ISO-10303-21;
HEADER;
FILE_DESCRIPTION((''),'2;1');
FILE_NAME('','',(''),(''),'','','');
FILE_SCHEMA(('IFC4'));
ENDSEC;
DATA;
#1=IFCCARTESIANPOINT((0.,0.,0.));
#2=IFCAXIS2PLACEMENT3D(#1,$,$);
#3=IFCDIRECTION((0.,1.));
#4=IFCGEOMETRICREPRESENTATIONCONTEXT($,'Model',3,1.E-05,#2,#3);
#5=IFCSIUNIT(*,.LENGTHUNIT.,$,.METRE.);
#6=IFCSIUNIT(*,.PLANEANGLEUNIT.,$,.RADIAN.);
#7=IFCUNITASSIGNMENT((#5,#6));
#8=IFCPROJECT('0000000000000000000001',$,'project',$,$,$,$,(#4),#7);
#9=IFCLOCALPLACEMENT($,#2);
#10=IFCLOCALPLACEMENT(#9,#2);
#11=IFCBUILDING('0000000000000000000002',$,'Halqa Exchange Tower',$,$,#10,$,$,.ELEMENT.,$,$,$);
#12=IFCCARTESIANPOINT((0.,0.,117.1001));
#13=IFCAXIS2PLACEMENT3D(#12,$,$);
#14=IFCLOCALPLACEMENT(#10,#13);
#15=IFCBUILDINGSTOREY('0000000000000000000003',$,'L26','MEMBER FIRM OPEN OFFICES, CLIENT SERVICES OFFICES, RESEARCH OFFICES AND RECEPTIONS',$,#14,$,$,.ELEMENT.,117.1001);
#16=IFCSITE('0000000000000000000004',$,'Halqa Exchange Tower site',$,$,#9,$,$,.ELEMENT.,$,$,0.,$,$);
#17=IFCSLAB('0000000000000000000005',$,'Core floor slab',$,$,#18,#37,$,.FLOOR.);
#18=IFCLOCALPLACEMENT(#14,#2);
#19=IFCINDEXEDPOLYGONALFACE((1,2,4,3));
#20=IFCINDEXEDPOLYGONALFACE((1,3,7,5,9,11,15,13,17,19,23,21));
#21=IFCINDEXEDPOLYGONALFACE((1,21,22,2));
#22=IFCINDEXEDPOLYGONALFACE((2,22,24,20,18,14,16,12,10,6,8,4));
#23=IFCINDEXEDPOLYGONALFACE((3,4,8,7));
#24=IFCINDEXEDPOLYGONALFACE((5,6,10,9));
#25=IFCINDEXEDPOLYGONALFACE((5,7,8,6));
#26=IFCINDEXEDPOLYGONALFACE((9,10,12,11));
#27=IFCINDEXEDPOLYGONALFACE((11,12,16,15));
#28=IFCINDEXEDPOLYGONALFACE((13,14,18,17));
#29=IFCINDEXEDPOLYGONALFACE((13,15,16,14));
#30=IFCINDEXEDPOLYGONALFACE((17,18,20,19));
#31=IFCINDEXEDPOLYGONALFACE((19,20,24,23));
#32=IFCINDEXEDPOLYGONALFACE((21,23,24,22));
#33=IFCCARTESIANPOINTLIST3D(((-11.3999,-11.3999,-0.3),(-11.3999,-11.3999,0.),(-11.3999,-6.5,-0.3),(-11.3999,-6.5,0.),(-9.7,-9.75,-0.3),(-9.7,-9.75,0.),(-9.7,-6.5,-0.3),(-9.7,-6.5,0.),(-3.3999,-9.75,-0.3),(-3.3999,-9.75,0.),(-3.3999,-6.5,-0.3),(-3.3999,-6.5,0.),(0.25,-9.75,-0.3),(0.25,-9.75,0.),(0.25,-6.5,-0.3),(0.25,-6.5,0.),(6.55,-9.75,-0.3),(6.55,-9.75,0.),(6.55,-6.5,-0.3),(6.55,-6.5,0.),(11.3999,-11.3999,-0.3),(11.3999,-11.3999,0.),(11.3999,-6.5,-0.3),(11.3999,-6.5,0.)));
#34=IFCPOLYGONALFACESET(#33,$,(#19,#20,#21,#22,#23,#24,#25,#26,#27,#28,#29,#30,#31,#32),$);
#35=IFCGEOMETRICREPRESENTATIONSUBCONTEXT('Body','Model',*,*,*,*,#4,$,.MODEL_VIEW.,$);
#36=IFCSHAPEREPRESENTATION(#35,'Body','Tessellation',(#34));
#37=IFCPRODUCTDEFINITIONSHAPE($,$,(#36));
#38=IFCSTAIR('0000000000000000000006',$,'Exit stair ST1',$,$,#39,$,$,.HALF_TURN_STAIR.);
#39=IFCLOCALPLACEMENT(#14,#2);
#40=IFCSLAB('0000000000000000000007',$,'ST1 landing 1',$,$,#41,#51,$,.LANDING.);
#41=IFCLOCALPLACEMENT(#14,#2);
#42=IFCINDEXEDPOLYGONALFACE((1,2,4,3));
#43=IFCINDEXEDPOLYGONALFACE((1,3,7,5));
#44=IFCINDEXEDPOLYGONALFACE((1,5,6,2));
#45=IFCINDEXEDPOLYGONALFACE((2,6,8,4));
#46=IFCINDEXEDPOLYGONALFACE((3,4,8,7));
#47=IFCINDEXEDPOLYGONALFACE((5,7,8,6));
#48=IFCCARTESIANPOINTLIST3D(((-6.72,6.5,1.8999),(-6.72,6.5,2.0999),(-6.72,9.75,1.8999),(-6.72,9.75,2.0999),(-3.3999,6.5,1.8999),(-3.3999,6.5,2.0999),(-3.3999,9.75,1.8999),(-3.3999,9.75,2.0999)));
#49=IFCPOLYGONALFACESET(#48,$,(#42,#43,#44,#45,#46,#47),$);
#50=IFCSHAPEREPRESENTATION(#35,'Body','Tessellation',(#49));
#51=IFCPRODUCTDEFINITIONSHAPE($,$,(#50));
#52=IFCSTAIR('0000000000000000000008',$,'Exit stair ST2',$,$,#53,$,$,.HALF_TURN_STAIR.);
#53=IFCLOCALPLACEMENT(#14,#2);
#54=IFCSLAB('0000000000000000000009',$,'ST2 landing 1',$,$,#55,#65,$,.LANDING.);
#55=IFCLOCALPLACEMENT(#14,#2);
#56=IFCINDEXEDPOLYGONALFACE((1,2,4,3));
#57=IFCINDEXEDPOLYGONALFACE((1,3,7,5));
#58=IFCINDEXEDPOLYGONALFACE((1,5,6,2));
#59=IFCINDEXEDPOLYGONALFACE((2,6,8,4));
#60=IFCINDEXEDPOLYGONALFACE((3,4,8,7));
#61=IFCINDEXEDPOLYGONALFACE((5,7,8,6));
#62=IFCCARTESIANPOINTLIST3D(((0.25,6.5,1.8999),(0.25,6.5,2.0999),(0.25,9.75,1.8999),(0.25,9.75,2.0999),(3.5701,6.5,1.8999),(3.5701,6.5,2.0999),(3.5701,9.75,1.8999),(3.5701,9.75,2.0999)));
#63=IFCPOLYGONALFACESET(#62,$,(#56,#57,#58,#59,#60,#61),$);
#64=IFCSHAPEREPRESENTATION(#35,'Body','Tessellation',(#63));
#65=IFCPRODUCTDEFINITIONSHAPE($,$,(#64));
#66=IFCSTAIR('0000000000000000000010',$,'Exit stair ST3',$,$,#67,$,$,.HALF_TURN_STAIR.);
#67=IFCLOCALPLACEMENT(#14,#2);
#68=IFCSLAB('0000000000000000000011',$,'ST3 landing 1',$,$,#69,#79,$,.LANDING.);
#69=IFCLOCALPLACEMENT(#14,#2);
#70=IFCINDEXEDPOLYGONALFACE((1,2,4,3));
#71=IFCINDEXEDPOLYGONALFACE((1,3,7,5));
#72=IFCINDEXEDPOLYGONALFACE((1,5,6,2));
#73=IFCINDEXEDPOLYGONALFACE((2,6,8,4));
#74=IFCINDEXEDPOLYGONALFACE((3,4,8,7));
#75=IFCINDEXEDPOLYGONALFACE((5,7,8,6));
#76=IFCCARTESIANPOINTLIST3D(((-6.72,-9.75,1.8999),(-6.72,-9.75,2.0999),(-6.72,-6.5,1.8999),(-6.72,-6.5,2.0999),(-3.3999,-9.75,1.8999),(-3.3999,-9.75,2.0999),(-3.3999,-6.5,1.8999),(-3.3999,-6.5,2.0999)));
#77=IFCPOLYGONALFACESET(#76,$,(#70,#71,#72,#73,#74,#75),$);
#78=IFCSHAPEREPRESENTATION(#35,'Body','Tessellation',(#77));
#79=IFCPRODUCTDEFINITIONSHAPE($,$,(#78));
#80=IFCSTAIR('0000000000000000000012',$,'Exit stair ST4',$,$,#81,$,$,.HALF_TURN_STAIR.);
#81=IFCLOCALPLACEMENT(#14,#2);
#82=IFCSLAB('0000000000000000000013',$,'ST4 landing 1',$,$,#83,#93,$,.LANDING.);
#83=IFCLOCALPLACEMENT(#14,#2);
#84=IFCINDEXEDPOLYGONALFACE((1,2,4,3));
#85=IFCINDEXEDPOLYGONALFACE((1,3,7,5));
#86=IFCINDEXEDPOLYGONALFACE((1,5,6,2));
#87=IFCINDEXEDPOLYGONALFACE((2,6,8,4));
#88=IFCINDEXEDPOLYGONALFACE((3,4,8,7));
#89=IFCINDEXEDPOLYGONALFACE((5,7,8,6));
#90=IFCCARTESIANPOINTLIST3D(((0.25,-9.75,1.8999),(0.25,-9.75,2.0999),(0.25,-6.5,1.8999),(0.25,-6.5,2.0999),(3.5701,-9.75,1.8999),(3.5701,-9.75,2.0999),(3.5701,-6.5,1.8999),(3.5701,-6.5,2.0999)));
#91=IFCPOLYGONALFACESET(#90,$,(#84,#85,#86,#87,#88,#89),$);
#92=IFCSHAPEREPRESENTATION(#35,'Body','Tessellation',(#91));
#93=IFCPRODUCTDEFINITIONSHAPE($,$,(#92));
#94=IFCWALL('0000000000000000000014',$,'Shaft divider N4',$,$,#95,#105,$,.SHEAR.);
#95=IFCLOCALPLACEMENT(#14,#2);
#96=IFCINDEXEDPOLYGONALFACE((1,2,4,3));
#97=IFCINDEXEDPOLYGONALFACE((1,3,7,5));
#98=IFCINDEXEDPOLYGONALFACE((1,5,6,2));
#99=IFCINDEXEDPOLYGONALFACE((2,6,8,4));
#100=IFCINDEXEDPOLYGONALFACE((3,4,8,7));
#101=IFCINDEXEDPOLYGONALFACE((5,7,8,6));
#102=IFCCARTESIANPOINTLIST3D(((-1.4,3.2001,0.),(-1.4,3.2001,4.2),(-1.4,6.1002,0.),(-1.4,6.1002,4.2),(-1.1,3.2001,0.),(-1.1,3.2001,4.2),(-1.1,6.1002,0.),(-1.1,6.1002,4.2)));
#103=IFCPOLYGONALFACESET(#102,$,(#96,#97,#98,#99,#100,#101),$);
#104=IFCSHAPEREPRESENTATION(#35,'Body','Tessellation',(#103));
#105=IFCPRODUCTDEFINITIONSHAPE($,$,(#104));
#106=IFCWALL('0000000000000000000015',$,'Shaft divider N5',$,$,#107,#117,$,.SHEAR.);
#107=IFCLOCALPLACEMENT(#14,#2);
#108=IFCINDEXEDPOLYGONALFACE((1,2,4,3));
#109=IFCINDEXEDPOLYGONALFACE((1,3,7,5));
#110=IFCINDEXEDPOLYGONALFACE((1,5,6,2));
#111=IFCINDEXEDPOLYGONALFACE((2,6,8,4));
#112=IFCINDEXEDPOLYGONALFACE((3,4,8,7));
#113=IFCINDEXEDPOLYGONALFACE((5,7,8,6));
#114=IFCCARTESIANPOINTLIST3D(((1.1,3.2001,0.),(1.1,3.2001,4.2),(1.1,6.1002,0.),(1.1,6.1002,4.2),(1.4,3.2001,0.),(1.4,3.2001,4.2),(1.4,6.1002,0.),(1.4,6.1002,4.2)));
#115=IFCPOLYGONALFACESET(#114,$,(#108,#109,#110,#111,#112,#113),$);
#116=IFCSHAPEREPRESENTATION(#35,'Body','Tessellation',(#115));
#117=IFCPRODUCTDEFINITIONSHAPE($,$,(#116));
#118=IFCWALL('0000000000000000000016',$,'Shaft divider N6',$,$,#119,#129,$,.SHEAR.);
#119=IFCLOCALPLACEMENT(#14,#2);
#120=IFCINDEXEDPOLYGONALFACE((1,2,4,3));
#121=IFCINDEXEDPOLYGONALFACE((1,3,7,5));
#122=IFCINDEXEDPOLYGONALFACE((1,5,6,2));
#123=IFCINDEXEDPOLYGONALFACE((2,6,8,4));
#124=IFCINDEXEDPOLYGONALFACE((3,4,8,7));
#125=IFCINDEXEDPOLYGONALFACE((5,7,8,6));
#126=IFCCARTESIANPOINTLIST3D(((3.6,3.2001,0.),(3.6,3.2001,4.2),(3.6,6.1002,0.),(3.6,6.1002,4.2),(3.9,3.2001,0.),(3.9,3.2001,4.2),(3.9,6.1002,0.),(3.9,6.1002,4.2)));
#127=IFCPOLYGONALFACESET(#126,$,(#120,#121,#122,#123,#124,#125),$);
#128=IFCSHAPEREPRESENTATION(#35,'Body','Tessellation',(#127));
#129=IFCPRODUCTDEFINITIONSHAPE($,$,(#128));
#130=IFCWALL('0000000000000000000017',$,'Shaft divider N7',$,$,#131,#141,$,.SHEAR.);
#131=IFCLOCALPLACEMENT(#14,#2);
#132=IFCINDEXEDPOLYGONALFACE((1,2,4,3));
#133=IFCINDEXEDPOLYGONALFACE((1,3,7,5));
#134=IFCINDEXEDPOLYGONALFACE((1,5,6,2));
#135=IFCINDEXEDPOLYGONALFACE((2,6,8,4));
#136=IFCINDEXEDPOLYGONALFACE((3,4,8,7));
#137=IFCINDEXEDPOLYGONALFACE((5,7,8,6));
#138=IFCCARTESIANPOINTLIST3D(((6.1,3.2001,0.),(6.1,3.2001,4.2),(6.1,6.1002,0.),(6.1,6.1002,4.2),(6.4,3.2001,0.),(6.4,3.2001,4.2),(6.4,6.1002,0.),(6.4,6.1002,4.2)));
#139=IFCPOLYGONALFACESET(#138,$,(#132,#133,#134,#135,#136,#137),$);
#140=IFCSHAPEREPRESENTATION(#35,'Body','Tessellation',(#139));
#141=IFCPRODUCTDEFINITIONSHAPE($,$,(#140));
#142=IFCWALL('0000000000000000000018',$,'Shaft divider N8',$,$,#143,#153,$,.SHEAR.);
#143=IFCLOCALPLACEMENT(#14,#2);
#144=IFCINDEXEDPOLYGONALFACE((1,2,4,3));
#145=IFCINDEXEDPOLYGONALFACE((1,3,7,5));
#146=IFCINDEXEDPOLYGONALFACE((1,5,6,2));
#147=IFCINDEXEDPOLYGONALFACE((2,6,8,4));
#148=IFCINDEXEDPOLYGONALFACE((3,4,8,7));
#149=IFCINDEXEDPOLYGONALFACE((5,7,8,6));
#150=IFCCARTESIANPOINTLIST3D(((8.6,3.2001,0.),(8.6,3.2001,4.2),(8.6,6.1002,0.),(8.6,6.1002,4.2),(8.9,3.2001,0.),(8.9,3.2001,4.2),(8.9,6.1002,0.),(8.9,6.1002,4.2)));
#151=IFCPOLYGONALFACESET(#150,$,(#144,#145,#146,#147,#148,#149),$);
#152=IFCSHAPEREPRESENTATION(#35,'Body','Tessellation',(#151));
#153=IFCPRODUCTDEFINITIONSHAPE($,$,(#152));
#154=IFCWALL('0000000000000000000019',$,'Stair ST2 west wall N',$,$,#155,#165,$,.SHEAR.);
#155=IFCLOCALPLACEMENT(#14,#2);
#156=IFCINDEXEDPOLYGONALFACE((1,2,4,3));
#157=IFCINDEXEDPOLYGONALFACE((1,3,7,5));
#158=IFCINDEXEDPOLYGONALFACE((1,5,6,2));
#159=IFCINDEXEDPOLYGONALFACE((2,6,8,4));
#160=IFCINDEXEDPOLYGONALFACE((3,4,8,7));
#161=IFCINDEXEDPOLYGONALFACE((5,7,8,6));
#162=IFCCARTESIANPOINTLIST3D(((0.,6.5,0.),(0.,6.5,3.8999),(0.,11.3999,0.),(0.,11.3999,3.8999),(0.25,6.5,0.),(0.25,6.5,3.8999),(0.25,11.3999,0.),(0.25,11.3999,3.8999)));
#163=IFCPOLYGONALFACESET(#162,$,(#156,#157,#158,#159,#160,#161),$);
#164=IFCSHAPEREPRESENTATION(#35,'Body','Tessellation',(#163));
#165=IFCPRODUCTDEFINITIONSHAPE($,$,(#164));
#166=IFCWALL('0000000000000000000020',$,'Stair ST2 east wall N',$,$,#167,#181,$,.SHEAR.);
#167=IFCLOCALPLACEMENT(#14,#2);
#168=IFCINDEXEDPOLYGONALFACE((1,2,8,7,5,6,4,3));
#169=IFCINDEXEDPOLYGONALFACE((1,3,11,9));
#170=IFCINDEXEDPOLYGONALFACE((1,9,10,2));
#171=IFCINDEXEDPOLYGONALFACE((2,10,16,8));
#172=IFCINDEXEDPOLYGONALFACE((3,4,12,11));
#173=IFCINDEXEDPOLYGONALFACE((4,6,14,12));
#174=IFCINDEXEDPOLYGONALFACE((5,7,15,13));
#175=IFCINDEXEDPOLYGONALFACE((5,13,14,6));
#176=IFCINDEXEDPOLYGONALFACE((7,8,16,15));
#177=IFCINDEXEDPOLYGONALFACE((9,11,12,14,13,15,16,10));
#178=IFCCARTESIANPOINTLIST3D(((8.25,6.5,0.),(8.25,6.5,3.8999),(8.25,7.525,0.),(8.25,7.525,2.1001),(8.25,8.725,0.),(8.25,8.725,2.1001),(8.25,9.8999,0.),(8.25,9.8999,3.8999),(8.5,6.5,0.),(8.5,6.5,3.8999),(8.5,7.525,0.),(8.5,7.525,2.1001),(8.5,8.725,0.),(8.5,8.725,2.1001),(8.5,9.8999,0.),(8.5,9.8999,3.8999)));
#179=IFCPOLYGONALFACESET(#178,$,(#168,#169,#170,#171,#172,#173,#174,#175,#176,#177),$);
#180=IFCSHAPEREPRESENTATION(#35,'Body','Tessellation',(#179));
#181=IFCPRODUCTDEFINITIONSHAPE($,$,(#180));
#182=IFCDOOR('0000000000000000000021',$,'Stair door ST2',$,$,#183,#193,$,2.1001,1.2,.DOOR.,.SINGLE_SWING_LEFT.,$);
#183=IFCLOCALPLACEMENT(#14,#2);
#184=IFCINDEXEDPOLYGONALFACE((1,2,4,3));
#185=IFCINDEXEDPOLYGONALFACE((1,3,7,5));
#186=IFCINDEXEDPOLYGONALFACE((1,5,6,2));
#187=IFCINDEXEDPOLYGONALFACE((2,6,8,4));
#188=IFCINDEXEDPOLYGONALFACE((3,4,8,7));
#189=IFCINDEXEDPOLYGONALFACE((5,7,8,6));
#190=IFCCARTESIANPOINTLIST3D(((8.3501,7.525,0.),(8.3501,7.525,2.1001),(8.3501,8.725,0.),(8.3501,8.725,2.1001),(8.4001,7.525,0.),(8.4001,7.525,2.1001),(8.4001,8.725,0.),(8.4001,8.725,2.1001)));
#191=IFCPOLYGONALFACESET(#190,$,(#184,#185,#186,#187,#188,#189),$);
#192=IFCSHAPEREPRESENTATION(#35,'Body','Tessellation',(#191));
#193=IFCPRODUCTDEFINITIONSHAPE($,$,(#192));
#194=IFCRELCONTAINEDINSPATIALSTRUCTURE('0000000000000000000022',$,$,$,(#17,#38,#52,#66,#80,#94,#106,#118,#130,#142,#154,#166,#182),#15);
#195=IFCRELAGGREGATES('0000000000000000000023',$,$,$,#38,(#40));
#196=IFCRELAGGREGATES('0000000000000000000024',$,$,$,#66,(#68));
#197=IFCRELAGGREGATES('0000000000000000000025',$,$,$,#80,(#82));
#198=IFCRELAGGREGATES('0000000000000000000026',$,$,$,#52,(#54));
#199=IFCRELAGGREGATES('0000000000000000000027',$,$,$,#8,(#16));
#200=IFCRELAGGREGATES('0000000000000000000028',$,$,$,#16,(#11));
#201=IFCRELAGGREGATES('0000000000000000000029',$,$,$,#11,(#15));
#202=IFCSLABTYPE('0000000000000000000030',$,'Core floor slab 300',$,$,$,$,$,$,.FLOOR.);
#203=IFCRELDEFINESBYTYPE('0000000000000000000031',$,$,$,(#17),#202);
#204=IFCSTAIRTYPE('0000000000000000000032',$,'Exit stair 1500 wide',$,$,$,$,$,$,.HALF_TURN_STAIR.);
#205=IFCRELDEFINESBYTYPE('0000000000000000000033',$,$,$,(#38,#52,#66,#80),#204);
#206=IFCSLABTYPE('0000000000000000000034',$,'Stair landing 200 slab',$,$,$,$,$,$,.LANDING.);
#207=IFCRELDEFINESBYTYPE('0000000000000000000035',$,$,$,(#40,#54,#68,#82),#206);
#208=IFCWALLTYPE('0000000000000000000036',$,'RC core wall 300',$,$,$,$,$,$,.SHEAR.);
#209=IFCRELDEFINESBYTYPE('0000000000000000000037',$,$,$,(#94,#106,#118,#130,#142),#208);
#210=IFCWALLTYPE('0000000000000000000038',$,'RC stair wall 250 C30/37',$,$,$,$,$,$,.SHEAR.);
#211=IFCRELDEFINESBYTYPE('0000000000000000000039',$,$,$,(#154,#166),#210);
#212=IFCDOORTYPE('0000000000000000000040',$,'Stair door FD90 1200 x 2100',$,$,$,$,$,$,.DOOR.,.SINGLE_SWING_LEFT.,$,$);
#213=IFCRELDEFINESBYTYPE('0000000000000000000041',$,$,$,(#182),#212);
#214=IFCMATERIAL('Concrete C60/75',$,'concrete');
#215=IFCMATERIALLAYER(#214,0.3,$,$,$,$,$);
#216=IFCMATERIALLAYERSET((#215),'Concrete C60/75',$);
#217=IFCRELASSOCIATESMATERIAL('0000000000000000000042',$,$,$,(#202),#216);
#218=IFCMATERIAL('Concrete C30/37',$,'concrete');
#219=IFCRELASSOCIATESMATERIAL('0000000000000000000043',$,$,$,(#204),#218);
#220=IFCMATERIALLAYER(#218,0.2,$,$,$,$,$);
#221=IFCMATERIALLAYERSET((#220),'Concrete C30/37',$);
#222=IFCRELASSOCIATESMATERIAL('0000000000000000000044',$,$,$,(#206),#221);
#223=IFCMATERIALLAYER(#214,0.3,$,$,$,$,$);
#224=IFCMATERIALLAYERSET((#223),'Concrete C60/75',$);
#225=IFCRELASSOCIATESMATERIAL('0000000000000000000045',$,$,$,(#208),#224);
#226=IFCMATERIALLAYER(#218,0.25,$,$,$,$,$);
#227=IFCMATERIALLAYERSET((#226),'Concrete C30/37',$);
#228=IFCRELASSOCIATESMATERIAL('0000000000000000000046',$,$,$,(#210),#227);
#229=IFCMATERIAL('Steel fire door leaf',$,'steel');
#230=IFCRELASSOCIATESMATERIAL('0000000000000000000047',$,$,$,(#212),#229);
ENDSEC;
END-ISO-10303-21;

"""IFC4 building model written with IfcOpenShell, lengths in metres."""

from ifc_helpers import new_model, si_unit, direction, frame, frame_2d, origin, place, context, subcontext, project, spatial, polyline, rectangle, outline, extrude, material, layer, layer_set, type_object, element, fill, aggregate, save


model = new_model("IFC4")

# Units and contexts
model_context = context("Model", 3, precision=1e-05, world=origin(), true_north=direction((0.0, 1.0)))
body_context = subcontext(model_context, "Body", "Model", "MODEL_VIEW")
ifc_project = project(units=[si_unit("LENGTHUNIT", "METRE"), si_unit("PLANEANGLEUNIT", "RADIAN")], contexts=[model_context])

# Site, building, storey
site_placement = place(None, origin())
site = spatial("IfcSite", under=ifc_project, at=site_placement, Name="Halqa Exchange Tower site", CompositionType="ELEMENT", RefElevation=0.0)
building_placement = place(site_placement, origin())
building = spatial("IfcBuilding", under=site, at=building_placement, Name="Halqa Exchange Tower", CompositionType="ELEMENT")
storey_placement = place(building_placement, frame((0.0, 0.0, 117.1001)))
storey = spatial("IfcBuildingStorey", under=building, at=storey_placement, Name="L26", Description="MEMBER FIRM OPEN OFFICES, CLIENT SERVICES OFFICES, RESEARCH OFFICES AND RECEPTIONS", CompositionType="ELEMENT", Elevation=117.1001)

# Slab
ifc_material_1 = material(Name="Concrete C60/75", Category="concrete")
ifc_layer_1 = layer(ifc_material_1, 0.3)
ifc_layer_set_1 = layer_set([ifc_layer_1], Name="Concrete C60/75")
slab_type_1 = type_object("IfcSlabType", Name="Core floor slab 300", PredefinedType="FLOOR", material=ifc_layer_set_1)
slab_1_placement = place(storey_placement, frame((0.0, 0.0, -0.3)))
element("IfcSlab", 1, at=slab_1_placement, inside=storey, type_object=slab_type_1, Name="Core floor slab", PredefinedType="FLOOR", context=body_context, shape_type="SweptSolid", body=[
    extrude(outline(polyline([(-9.7, -9.75), (-3.3999, -9.75), (-3.3999, -6.5), (0.25, -6.5), (0.25, -9.75), (6.55, -9.75), (6.55, -6.5), (11.3999, -6.5), (11.3999, -11.3999), (-11.3999, -11.3999), (-11.3999, -6.5), (-9.7, -6.5), (-9.7, -9.75)])), origin(), (0.0, 0.0, 1.0), 0.3),
])

# Stairs, slabs
ifc_material_2 = material(Name="Concrete C30/37", Category="concrete")
stair_type = type_object("IfcStairType", Name="Exit stair 1500 wide", PredefinedType="HALF_TURN_STAIR", material=ifc_material_2)
stair_1_placement = place(storey_placement, origin())
stair_1 = element("IfcStair", 2, at=stair_1_placement, inside=storey, type_object=stair_type, Name="Exit stair ST1", PredefinedType="HALF_TURN_STAIR")
ifc_layer_2 = layer(ifc_material_2, 0.2)
ifc_layer_set_2 = layer_set([ifc_layer_2], Name="Concrete C30/37")
slab_type_2 = type_object("IfcSlabType", Name="Stair landing 200 slab", PredefinedType="LANDING", material=ifc_layer_set_2)
slab_2_placement = place(storey_placement, frame((0.0, 0.0, 1.8999)))
slab_2 = element("IfcSlab", 3, at=slab_2_placement, type_object=slab_type_2, Name="ST1 landing 1", PredefinedType="LANDING", context=body_context, shape_type="SweptSolid", body=[
    extrude(outline(polyline([(-6.72, 6.5), (-3.3999, 6.5), (-3.3999, 9.75), (-6.72, 9.75), (-6.72, 6.5)])), origin(), (0.0, 0.0, 1.0), 0.2),
])
aggregate(stair_1, [slab_2])
stair_2_placement = place(storey_placement, origin())
stair_2 = element("IfcStair", 4, at=stair_2_placement, inside=storey, type_object=stair_type, Name="Exit stair ST2", PredefinedType="HALF_TURN_STAIR")
slab_3_placement = place(storey_placement, frame((0.0, 0.0, 1.8999)))
slab_3 = element("IfcSlab", 5, at=slab_3_placement, type_object=slab_type_2, Name="ST2 landing 1", PredefinedType="LANDING", context=body_context, shape_type="SweptSolid", body=[
    extrude(outline(polyline([(0.25, 6.5), (3.5701, 6.5), (3.5701, 9.75), (0.25, 9.75), (0.25, 6.5)])), origin(), (0.0, 0.0, 1.0), 0.2),
])
stair_3_placement = place(storey_placement, origin())
stair_3 = element("IfcStair", 6, at=stair_3_placement, inside=storey, type_object=stair_type, Name="Exit stair ST3", PredefinedType="HALF_TURN_STAIR")
slab_4_placement = place(storey_placement, frame((0.0, 0.0, 1.8999)))
slab_4 = element("IfcSlab", 7, at=slab_4_placement, type_object=slab_type_2, Name="ST3 landing 1", PredefinedType="LANDING", context=body_context, shape_type="SweptSolid", body=[
    extrude(outline(polyline([(-6.72, -9.75), (-3.3999, -9.75), (-3.3999, -6.5), (-6.72, -6.5), (-6.72, -9.75)])), origin(), (0.0, 0.0, 1.0), 0.2),
])
aggregate(stair_3, [slab_4])
stair_4_placement = place(storey_placement, origin())
stair_4 = element("IfcStair", 8, at=stair_4_placement, inside=storey, type_object=stair_type, Name="Exit stair ST4", PredefinedType="HALF_TURN_STAIR")
slab_5_placement = place(storey_placement, frame((0.0, 0.0, 1.8999)))
slab_5 = element("IfcSlab", 9, at=slab_5_placement, type_object=slab_type_2, Name="ST4 landing 1", PredefinedType="LANDING", context=body_context, shape_type="SweptSolid", body=[
    extrude(outline(polyline([(0.25, -9.75), (3.5701, -9.75), (3.5701, -6.5), (0.25, -6.5), (0.25, -9.75)])), origin(), (0.0, 0.0, 1.0), 0.2),
])
aggregate(stair_4, [slab_5])

# Walls
ifc_layer_3 = layer(ifc_material_1, 0.3)
ifc_layer_set_3 = layer_set([ifc_layer_3], Name="Concrete C60/75")
wall_type_1 = type_object("IfcWallType", Name="RC core wall 300", PredefinedType="SHEAR", material=ifc_layer_set_3)
for number, where, z_axis, x_axis, name in (
    (10, (-1.25, 3.2, 0.0), (0.0, 0.0, 1.0), (0.0, 1.0, 0.0), "Shaft divider N4"),
    (11, (1.25, 3.2, 0.0), (0.0, 0.0, 1.0), (0.0, 1.0, 0.0), "Shaft divider N5"),
    (12, (3.75, 3.2, 0.0), (0.0, 0.0, 1.0), (0.0, 1.0, 0.0), "Shaft divider N6"),
    (13, (6.25, 3.2, 0.0), (0.0, 0.0, 1.0), (0.0, 1.0, 0.0), "Shaft divider N7"),
    (14, (8.75, 3.2, 0.0), (0.0, 0.0, 1.0), (0.0, 1.0, 0.0), "Shaft divider N8"),
):
    element("IfcWall", number, at=place(storey_placement, frame(where, z_axis=z_axis, x_axis=x_axis)), inside=storey, type_object=wall_type_1, Name=name, PredefinedType="SHEAR", context=body_context, shape_type="SweptSolid", body=[
        extrude(rectangle(XDim=2.9001, YDim=0.3, at=frame_2d((1.4502, 0.0))), origin(), (0.0, 0.0, 1.0), 4.2),
    ])
ifc_layer_4 = layer(ifc_material_2, 0.25)
ifc_layer_set_4 = layer_set([ifc_layer_4], Name="Concrete C30/37")
wall_type_2 = type_object("IfcWallType", Name="RC stair wall 250 C30/37", PredefinedType="SHEAR", material=ifc_layer_set_4)
wall_1_placement = place(storey_placement, frame((0.125, 6.5, 0.0), z_axis=(0.0, 0.0, 1.0), x_axis=(0.0, 1.0, 0.0)))
element("IfcWall", 15, at=wall_1_placement, inside=storey, type_object=wall_type_2, Name="Stair ST2 west wall N", PredefinedType="SHEAR", context=body_context, shape_type="SweptSolid", body=[
    extrude(rectangle(XDim=4.8999, YDim=0.25, at=frame_2d((2.45, 0.0))), origin(), (0.0, 0.0, 1.0), 3.8999),
])

# Wall, opening, door
wall_2_placement = place(storey_placement, frame((8.375, 6.5, 0.0), z_axis=(0.0, 0.0, 1.0), x_axis=(0.0, 1.0, 0.0)))
wall_2 = element("IfcWall", 16, at=wall_2_placement, inside=storey, type_object=wall_type_2, Name="Stair ST2 east wall N", PredefinedType="SHEAR", context=body_context, shape_type="SweptSolid", body=[
    extrude(rectangle(XDim=3.3999, YDim=0.25, at=frame_2d((1.7, 0.0))), origin(), (0.0, 0.0, 1.0), 3.8999),
])
opening_placement = place(wall_2_placement, frame((1.0249, 0.0, 0.0)))
opening = element("IfcOpeningElement", 17, at=opening_placement, cuts=wall_2, PredefinedType="OPENING", context=body_context, shape_type="SweptSolid", body=[
    extrude(rectangle(XDim=1.2, YDim=2.1001, at=frame_2d((0.6001, 1.05))), frame((0.0, 0.137, 0.0), z_axis=(0.0, -1.0, 0.0), x_axis=(1.0, 0.0, 0.0)), (0.0, 0.0, 1.0), 0.2739),
])
ifc_material_3 = material(Name="Steel fire door leaf", Category="steel")
door_type = type_object("IfcDoorType", Name="Stair door FD90 1200 x 2100", OperationType="SINGLE_SWING_LEFT", PredefinedType="DOOR", material=ifc_material_3)
door_placement = place(opening_placement, origin())
door = element("IfcDoor", 18, at=door_placement, inside=storey, type_object=door_type, Name="Stair door ST2", OperationType="SINGLE_SWING_LEFT", OverallHeight=2.1001, OverallWidth=1.2, PredefinedType="DOOR", context=body_context, shape_type="SweptSolid", body=[
    extrude(rectangle(XDim=1.2, YDim=2.1001, at=frame_2d((0.6001, 1.05))), frame((0.0, 0.0249, 0.0), z_axis=(0.0, -1.0, 0.0), x_axis=(1.0, 0.0, 0.0)), (0.0, 0.0, 1.0), 0.05),
])
fill(opening, door)

aggregate(stair_2, [slab_3])

save(model, "model.ifc")
